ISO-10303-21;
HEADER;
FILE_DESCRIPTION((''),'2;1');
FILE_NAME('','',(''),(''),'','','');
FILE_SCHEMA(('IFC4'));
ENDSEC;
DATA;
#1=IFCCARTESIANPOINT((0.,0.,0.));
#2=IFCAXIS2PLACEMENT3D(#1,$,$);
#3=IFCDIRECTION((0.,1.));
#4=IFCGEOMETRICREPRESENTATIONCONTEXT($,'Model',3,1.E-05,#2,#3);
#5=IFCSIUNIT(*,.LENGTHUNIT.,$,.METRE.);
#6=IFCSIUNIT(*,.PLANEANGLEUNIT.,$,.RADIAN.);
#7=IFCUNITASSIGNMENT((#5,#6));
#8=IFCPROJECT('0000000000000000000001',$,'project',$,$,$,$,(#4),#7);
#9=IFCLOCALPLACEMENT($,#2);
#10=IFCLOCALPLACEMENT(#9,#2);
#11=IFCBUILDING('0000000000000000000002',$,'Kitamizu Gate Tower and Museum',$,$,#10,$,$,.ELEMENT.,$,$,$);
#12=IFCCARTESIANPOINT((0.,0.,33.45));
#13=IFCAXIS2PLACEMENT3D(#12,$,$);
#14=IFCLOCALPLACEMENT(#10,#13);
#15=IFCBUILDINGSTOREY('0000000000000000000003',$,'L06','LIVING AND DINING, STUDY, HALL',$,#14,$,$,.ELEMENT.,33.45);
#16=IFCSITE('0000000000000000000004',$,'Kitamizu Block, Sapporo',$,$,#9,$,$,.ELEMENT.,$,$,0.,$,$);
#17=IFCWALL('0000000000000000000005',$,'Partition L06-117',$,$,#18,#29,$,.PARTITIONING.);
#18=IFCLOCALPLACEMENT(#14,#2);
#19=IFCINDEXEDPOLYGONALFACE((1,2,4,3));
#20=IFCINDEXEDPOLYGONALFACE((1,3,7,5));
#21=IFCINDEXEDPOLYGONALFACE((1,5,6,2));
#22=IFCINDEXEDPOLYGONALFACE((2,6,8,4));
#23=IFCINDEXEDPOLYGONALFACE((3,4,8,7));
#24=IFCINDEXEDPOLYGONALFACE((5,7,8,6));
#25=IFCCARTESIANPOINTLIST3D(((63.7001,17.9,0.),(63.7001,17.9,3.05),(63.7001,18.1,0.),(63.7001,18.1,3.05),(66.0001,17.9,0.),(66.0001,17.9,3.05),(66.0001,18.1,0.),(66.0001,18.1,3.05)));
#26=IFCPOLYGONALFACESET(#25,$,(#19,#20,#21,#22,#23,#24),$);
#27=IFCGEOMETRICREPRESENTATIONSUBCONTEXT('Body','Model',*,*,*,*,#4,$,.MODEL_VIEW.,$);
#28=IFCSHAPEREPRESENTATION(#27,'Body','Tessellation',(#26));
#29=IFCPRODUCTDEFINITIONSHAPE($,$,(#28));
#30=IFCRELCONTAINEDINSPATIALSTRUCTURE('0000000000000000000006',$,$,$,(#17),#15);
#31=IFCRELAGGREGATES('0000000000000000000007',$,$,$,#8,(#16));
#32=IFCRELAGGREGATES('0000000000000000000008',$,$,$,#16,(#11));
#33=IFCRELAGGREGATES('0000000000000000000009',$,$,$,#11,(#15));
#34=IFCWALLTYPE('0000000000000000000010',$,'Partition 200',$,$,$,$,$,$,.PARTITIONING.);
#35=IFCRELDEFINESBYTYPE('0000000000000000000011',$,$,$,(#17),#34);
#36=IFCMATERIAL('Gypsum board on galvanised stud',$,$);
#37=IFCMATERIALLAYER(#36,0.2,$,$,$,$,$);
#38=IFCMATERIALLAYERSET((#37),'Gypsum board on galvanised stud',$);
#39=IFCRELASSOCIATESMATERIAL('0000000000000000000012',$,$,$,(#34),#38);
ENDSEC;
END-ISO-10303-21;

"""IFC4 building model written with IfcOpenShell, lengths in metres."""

from ifc_helpers import new_model, si_unit, direction, frame, frame_2d, origin, place, context, subcontext, project, spatial, rectangle, extrude, material, layer, layer_set, type_object, element, save


model = new_model("IFC4")

# Units and contexts
model_context = context("Model", 3, precision=1e-05, world=origin(), true_north=direction((0.0, 1.0)))
body_context = subcontext(model_context, "Body", "Model", "MODEL_VIEW")
ifc_project = project(units=[si_unit("LENGTHUNIT", "METRE"), si_unit("PLANEANGLEUNIT", "RADIAN")], contexts=[model_context])

# Site, building, storey
site_placement = place(None, origin())
site = spatial("IfcSite", under=ifc_project, at=site_placement, Name="Kitamizu Block, Sapporo", CompositionType="ELEMENT", RefElevation=0.0)
building_placement = place(site_placement, origin())
building = spatial("IfcBuilding", under=site, at=building_placement, Name="Kitamizu Gate Tower and Museum", CompositionType="ELEMENT")
storey_placement = place(building_placement, frame((0.0, 0.0, 33.45)))
storey = spatial("IfcBuildingStorey", under=building, at=storey_placement, Name="L06", Description="LIVING AND DINING, STUDY, HALL", CompositionType="ELEMENT", Elevation=33.45)

# Wall
ifc_material_1 = material(Name="Gypsum board on galvanised stud")
ifc_layer_1 = layer(ifc_material_1, 0.2)
ifc_layer_set_1 = layer_set([ifc_layer_1], Name="Gypsum board on galvanised stud")
wall_type_1 = type_object("IfcWallType", Name="Partition 200", PredefinedType="PARTITIONING", material=ifc_layer_set_1)
wall_1_placement = place(storey_placement, frame((66.0, 18.0, 0.0), z_axis=(0.0, 0.0, 1.0), x_axis=(-1.0, 0.0, 0.0)))
element("IfcWall", 1, at=wall_1_placement, inside=storey, type_object=wall_type_1, Name="Partition L06-117", PredefinedType="PARTITIONING", context=body_context, shape_type="SweptSolid", body=[
    extrude(rectangle(XDim=2.3, YDim=0.2, at=frame_2d((1.1499, 0.0))), origin(), (0.0, 0.0, 1.0), 3.05),
])

save(model, "model.ifc")
